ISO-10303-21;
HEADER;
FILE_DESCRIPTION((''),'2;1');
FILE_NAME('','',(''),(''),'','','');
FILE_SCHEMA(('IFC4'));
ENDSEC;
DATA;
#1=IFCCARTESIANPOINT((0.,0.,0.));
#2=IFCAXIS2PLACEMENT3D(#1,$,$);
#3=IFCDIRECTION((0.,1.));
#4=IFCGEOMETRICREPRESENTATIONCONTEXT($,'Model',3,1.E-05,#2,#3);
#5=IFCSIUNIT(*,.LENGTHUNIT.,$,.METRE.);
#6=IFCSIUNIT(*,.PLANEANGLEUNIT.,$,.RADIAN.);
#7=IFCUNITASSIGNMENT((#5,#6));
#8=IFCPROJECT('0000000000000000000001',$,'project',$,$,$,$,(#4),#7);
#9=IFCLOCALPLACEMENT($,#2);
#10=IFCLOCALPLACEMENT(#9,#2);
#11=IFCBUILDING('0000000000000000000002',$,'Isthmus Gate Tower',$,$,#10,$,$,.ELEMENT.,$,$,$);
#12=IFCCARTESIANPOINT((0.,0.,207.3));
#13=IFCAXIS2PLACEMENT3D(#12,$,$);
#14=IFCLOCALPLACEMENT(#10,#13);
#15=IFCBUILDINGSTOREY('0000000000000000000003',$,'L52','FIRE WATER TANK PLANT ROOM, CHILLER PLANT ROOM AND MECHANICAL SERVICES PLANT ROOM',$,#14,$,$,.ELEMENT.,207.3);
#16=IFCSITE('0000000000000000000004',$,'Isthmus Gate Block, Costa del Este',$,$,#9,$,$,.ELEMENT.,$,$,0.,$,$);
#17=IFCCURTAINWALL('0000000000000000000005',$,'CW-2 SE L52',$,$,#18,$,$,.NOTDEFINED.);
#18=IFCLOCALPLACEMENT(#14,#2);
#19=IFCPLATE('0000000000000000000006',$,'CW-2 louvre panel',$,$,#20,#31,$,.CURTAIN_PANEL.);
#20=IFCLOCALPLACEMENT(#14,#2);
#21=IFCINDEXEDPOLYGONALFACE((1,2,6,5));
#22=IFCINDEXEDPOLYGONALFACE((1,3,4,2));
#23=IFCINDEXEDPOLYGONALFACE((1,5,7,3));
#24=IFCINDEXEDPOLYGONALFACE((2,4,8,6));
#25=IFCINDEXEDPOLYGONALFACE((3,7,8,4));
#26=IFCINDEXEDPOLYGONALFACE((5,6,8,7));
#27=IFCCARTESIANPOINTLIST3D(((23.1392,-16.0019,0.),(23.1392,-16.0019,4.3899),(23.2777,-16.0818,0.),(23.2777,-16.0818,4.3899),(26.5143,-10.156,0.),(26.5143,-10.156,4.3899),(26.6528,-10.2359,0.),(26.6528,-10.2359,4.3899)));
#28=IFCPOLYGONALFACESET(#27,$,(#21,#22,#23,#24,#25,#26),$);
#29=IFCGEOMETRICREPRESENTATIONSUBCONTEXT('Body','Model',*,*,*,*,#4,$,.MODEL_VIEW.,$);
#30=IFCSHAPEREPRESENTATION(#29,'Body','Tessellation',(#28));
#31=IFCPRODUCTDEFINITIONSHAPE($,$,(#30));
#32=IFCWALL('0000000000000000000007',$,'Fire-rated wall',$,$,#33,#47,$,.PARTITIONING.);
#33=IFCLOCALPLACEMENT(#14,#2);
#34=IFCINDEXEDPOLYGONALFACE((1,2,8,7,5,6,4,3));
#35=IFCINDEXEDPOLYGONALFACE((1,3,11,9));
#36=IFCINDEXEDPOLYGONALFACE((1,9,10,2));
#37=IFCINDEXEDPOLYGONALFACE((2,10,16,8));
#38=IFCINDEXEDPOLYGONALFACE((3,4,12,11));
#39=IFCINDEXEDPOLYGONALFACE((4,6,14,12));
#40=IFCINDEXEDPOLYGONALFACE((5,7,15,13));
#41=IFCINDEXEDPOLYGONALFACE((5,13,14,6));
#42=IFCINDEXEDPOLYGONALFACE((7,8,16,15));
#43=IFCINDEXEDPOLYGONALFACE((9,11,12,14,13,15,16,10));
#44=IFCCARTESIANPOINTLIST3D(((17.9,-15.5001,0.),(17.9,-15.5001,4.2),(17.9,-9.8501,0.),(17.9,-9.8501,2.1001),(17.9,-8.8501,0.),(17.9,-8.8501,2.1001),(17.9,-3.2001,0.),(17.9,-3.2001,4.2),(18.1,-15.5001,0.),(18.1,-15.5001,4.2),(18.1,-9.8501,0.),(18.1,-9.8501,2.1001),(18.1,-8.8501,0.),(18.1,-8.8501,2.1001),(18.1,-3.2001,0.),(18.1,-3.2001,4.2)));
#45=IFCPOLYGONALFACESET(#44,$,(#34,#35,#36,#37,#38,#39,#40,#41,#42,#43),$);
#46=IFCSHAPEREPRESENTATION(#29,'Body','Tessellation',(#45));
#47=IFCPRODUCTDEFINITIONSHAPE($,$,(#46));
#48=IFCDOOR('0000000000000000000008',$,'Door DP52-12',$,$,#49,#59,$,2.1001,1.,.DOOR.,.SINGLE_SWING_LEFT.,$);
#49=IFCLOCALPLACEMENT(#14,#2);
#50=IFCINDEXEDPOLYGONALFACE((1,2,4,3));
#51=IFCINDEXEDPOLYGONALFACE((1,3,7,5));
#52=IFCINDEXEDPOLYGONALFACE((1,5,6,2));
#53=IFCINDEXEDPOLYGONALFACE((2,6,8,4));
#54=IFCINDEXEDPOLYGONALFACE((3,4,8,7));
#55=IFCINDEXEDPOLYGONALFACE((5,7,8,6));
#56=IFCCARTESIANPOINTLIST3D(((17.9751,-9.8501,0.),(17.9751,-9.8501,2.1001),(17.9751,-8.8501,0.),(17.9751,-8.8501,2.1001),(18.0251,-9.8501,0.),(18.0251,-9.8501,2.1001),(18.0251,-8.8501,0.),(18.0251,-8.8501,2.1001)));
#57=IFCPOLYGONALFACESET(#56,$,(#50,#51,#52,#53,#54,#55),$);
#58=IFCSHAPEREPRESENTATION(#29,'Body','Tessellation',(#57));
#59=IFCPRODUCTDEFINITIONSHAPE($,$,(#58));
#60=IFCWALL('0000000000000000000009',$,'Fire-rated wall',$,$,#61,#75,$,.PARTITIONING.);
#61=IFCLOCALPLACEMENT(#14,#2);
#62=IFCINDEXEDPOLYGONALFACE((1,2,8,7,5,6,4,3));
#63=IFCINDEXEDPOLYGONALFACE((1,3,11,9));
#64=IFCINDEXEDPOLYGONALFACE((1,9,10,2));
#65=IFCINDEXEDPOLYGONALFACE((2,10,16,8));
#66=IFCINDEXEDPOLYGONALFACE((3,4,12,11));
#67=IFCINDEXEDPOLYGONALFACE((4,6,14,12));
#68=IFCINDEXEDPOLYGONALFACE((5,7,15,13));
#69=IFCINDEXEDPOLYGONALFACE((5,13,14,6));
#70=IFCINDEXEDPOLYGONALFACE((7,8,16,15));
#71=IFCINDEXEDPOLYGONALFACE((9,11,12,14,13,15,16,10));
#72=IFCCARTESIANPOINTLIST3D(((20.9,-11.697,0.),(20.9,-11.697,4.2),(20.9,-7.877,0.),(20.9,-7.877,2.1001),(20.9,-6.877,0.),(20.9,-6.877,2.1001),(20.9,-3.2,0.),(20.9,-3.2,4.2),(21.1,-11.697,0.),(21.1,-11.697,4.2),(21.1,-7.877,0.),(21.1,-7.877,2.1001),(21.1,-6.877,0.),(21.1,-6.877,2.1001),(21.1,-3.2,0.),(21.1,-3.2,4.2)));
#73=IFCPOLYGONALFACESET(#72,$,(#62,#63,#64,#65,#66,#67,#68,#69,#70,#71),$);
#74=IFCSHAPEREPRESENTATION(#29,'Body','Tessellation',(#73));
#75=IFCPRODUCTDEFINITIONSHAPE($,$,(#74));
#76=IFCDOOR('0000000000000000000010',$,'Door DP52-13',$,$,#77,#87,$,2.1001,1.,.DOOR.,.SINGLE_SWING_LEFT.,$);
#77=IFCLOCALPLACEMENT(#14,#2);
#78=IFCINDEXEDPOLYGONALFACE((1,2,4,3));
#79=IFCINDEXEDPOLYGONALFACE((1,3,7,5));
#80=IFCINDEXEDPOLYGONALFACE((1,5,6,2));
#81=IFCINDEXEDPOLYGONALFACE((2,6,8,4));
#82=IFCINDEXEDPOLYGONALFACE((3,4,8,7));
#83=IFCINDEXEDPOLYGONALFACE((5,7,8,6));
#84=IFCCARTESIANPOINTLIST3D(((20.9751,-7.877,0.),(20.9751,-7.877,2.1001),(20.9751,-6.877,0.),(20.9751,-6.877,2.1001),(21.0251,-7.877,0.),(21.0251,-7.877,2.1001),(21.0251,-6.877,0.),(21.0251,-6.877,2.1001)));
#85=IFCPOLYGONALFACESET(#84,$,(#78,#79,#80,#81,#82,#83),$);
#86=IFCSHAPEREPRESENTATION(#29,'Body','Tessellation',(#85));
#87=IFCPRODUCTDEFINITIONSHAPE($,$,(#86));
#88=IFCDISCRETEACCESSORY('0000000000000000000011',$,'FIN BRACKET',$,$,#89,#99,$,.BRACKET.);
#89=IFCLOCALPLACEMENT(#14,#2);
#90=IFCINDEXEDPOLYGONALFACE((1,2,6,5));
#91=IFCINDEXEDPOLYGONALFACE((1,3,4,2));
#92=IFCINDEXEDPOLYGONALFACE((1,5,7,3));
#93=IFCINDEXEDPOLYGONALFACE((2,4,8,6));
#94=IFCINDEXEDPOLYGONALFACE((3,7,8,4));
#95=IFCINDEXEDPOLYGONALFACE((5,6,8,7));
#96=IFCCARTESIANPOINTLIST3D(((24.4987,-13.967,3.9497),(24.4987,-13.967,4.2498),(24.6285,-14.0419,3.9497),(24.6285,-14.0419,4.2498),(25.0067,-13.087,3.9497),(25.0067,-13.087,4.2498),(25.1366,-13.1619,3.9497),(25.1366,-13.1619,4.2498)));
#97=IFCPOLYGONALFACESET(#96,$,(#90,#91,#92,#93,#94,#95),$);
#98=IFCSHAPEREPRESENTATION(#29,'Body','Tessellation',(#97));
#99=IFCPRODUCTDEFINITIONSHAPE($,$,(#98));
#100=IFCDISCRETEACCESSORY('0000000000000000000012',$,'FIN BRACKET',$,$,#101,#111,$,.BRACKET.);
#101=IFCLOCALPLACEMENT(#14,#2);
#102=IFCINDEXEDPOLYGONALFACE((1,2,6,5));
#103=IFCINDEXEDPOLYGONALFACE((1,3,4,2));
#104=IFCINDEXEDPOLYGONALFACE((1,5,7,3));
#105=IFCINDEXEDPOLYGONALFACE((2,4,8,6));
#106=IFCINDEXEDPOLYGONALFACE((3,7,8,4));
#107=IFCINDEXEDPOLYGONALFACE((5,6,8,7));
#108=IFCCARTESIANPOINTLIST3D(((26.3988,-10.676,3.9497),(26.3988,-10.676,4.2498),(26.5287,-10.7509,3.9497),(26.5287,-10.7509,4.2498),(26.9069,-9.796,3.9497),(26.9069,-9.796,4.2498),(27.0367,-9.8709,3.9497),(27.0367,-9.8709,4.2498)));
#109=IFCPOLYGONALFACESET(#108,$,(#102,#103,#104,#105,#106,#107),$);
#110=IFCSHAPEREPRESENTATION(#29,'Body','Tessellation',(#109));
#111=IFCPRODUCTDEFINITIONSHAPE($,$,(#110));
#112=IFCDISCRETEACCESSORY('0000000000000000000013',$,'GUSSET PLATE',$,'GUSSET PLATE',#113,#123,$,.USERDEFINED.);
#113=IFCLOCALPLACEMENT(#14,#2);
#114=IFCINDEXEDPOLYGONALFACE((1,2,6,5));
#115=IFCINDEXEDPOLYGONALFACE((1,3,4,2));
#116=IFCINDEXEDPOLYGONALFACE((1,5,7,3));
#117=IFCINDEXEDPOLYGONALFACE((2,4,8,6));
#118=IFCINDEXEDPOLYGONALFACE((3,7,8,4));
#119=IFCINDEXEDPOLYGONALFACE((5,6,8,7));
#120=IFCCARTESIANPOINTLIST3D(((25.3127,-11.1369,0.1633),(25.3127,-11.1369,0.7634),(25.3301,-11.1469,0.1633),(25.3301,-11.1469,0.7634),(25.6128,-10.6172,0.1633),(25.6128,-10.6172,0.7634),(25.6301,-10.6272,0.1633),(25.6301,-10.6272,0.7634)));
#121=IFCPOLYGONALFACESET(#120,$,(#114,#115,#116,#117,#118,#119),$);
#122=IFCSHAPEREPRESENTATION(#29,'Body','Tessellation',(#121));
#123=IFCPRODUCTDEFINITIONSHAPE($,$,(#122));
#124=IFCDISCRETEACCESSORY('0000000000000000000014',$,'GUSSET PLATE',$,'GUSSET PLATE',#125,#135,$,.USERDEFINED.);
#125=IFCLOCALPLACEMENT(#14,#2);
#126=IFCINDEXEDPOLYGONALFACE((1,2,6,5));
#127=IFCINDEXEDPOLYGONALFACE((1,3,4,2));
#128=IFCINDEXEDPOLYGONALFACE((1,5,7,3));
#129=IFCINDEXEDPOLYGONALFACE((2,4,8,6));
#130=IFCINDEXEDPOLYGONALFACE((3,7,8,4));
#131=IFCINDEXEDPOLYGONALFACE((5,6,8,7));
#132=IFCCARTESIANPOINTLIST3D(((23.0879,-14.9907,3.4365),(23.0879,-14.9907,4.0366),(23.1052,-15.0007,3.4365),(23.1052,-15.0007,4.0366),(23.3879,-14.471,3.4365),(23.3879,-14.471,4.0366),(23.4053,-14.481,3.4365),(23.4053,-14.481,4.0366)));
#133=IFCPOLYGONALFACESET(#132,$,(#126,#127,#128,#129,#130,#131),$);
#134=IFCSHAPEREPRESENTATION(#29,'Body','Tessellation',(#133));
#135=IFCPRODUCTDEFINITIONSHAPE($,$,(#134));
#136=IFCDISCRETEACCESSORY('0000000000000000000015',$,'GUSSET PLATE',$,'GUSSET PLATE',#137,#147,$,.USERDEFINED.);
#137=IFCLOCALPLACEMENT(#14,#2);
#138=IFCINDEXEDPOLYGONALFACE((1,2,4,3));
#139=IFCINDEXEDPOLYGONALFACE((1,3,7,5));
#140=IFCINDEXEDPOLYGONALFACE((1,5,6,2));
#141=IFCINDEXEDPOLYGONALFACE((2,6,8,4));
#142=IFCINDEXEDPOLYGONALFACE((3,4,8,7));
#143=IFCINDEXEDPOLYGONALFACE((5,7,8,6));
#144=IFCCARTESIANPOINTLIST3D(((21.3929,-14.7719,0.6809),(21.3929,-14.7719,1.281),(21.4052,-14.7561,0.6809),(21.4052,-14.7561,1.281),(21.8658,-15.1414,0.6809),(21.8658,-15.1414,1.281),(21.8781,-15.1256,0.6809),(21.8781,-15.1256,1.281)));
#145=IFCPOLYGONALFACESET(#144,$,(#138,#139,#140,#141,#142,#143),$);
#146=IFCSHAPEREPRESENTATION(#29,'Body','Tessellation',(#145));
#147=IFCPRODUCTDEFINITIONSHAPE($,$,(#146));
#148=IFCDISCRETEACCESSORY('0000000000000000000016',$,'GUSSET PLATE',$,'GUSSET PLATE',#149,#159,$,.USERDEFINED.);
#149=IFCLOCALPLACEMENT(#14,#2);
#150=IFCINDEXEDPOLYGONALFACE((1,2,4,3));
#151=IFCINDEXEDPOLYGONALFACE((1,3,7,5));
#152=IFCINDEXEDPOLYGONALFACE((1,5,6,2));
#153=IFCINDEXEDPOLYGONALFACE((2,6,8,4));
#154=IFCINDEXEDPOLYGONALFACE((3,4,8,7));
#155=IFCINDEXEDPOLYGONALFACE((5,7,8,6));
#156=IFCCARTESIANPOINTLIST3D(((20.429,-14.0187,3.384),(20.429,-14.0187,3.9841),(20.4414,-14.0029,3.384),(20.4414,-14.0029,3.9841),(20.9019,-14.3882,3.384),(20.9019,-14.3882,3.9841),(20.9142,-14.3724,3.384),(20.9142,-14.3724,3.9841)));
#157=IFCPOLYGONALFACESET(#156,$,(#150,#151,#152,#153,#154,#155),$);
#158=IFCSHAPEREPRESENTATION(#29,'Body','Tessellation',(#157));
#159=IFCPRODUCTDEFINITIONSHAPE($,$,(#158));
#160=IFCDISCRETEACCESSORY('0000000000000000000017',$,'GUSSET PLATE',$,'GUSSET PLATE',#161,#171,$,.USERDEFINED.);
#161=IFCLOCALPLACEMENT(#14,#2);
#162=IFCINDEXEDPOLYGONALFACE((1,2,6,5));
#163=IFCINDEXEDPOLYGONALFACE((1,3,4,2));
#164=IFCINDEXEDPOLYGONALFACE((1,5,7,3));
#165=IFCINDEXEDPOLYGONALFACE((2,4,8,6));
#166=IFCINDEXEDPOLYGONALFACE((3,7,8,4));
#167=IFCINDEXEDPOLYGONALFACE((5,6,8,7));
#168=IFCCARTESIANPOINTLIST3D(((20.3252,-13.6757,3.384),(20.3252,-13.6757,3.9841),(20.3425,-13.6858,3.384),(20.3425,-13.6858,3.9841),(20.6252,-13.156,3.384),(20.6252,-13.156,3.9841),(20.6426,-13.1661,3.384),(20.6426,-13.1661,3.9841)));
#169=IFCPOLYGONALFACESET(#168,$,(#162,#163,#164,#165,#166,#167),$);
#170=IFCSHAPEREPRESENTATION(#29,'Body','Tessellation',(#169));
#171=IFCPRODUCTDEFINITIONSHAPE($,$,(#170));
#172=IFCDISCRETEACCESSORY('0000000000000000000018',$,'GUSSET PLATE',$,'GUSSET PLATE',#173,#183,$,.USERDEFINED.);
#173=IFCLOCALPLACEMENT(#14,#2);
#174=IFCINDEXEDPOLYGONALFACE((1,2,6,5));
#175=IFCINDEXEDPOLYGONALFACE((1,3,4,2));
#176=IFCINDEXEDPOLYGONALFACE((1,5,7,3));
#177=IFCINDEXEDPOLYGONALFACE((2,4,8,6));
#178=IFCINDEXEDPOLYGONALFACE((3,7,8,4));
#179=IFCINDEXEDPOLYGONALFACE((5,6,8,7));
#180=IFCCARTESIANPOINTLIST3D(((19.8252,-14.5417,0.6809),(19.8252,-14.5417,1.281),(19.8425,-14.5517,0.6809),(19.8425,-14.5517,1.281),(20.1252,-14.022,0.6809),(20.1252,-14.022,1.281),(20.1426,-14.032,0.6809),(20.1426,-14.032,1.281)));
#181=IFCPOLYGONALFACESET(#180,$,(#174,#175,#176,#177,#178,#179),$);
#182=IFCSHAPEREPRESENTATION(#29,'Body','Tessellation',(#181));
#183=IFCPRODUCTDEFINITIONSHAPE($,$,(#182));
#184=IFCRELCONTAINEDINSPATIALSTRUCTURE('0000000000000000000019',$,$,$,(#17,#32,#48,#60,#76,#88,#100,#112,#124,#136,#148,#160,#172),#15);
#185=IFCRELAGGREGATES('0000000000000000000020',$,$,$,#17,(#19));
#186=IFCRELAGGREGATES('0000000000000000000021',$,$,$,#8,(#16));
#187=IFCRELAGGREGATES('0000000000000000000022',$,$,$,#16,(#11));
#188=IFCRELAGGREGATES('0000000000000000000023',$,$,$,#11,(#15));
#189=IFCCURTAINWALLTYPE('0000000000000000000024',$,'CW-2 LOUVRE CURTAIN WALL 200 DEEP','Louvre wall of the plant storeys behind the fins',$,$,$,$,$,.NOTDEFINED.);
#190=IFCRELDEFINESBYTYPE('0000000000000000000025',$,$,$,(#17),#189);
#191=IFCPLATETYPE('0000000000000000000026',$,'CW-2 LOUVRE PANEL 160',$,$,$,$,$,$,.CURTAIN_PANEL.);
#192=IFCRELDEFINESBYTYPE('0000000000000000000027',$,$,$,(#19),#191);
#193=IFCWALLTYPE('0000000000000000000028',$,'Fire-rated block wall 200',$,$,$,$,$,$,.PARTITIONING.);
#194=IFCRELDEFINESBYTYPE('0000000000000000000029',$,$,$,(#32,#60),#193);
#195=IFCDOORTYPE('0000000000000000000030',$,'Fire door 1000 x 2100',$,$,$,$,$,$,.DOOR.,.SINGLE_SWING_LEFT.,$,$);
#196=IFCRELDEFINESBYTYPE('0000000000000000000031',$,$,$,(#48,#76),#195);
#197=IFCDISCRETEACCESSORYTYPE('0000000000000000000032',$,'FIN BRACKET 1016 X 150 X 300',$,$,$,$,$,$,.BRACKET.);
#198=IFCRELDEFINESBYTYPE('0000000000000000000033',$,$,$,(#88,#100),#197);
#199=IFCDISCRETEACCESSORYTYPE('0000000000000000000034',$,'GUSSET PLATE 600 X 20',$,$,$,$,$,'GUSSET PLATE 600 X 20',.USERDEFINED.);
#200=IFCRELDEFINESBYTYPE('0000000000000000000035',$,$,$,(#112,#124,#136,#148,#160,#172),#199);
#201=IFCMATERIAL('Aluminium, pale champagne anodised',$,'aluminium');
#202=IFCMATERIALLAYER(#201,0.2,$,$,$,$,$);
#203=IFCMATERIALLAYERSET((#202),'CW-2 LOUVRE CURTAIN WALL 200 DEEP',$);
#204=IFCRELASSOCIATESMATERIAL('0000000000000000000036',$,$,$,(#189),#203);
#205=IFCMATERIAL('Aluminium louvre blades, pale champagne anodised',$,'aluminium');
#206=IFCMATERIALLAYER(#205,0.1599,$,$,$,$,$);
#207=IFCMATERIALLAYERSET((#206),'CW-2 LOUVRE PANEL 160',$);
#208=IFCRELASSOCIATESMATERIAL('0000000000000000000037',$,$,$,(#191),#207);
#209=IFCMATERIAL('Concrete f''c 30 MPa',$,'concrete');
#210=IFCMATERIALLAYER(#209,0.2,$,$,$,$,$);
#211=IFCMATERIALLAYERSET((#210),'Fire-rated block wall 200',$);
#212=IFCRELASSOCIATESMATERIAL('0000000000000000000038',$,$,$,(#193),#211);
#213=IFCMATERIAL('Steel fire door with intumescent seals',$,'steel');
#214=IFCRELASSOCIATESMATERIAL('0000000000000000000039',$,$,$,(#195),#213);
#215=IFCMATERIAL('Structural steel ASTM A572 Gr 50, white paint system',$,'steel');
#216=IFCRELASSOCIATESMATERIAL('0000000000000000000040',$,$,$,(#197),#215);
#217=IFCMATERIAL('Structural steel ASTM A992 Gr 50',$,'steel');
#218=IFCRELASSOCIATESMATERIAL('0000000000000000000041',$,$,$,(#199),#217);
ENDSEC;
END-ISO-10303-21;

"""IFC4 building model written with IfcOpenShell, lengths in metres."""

from ifc_helpers import new_model, si_unit, direction, frame, frame_2d, origin, origin_2d, place, context, subcontext, project, spatial, rectangle, extrude, material, layer, layer_set, type_object, element, fill, aggregate, save


model = new_model("IFC4")

# Units and contexts
model_context = context("Model", 3, precision=1e-05, world=origin(), true_north=direction((0.0, 1.0)))
body_context = subcontext(model_context, "Body", "Model", "MODEL_VIEW")
ifc_project = project(units=[si_unit("LENGTHUNIT", "METRE"), si_unit("PLANEANGLEUNIT", "RADIAN")], contexts=[model_context])

# Site, building, storey
site_placement = place(None, origin())
site = spatial("IfcSite", under=ifc_project, at=site_placement, Name="Isthmus Gate Block, Costa del Este", CompositionType="ELEMENT", RefElevation=0.0)
building_placement = place(site_placement, origin())
building = spatial("IfcBuilding", under=site, at=building_placement, Name="Isthmus Gate Tower", CompositionType="ELEMENT")
storey_placement = place(building_placement, frame((0.0, 0.0, 207.3)))
storey = spatial("IfcBuildingStorey", under=building, at=storey_placement, Name="L52", Description="FIRE WATER TANK PLANT ROOM, CHILLER PLANT ROOM AND MECHANICAL SERVICES PLANT ROOM", CompositionType="ELEMENT", Elevation=207.3)

# Curtain wall
ifc_material_1 = material(Name="Aluminium, pale champagne anodised", Category="aluminium")
ifc_layer_1 = layer(ifc_material_1, 0.2)
ifc_layer_set_1 = layer_set([ifc_layer_1], Name="CW-2 LOUVRE CURTAIN WALL 200 DEEP")
curtain_wall_type = type_object("IfcCurtainWallType", Name="CW-2 LOUVRE CURTAIN WALL 200 DEEP", Description="Louvre wall of the plant storeys behind the fins", PredefinedType="NOTDEFINED", material=ifc_layer_set_1)
curtain_wall_placement = place(storey_placement, origin())
curtain_wall = element("IfcCurtainWall", 1, at=curtain_wall_placement, inside=storey, type_object=curtain_wall_type, Name="CW-2 SE L52", PredefinedType="NOTDEFINED")

# Plate
ifc_material_2 = material(Name="Aluminium louvre blades, pale champagne anodised", Category="aluminium")
ifc_layer_2 = layer(ifc_material_2, 0.1599)
ifc_layer_set_2 = layer_set([ifc_layer_2], Name="CW-2 LOUVRE PANEL 160")
plate_type = type_object("IfcPlateType", Name="CW-2 LOUVRE PANEL 160", PredefinedType="CURTAIN_PANEL", material=ifc_layer_set_2)
plate_placement = place(storey_placement, frame((24.896, -13.1189, 0.0), z_axis=(0.0, 0.0, 1.0), x_axis=(0.5, 0.866025, 0.0)))
plate = element("IfcPlate", 2, at=plate_placement, type_object=plate_type, Name="CW-2 louvre panel", PredefinedType="CURTAIN_PANEL", context=body_context, shape_type="SweptSolid", body=[
    extrude(rectangle(XDim=6.7502, YDim=0.1599, at=origin_2d()), origin(), (0.0, 0.0, 1.0), 4.3899),
])
aggregate(curtain_wall, [plate])

# Walls, openings, doors
ifc_material_3 = material(Name="Concrete f'c 30 MPa", Category="concrete")
ifc_layer_3 = layer(ifc_material_3, 0.2)
ifc_layer_set_3 = layer_set([ifc_layer_3], Name="Fire-rated block wall 200")
wall_type = type_object("IfcWallType", Name="Fire-rated block wall 200", PredefinedType="PARTITIONING", material=ifc_layer_set_3)
wall_1_placement = place(storey_placement, frame((18.0, -15.5, 0.0), z_axis=(0.0, 0.0, 1.0), x_axis=(0.0, 1.0, 0.0)))
wall_1 = element("IfcWall", 3, at=wall_1_placement, inside=storey, type_object=wall_type, Name="Fire-rated wall", PredefinedType="PARTITIONING", context=body_context, shape_type="SweptSolid", body=[
    extrude(rectangle(XDim=12.3, YDim=0.2, at=frame_2d((6.1499, 0.0))), origin(), (0.0, 0.0, 1.0), 4.2),
])
opening_1_placement = place(wall_1_placement, frame((5.6499, 0.0, 0.0)))
opening_1 = element("IfcOpeningElement", 4, at=opening_1_placement, cuts=wall_1, PredefinedType="OPENING", context=body_context, shape_type="SweptSolid", body=[
    extrude(rectangle(XDim=1.0, YDim=2.1001, at=frame_2d((0.5, 1.05))), frame((0.0, 0.1099, 0.0), z_axis=(0.0, -1.0, 0.0), x_axis=(1.0, 0.0, 0.0)), (0.0, 0.0, 1.0), 0.22),
])
ifc_material_4 = material(Name="Steel fire door with intumescent seals", Category="steel")
door_type = type_object("IfcDoorType", Name="Fire door 1000 x 2100", OperationType="SINGLE_SWING_LEFT", PredefinedType="DOOR", material=ifc_material_4)
door_1_placement = place(opening_1_placement, origin())
door_1 = element("IfcDoor", 5, at=door_1_placement, inside=storey, type_object=door_type, Name="Door DP52-12", OperationType="SINGLE_SWING_LEFT", OverallHeight=2.1001, OverallWidth=1.0, PredefinedType="DOOR", context=body_context, shape_type="SweptSolid", body=[
    extrude(rectangle(XDim=1.0, YDim=2.1001, at=frame_2d((0.5, 1.05))), frame((0.0, 0.0249, 0.0), z_axis=(0.0, -1.0, 0.0), x_axis=(1.0, 0.0, 0.0)), (0.0, 0.0, 1.0), 0.05),
])
fill(opening_1, door_1)
wall_2_placement = place(storey_placement, frame((21.0, -11.697, 0.0), z_axis=(0.0, 0.0, 1.0), x_axis=(0.0, 1.0, 0.0)))
wall_2 = element("IfcWall", 6, at=wall_2_placement, inside=storey, type_object=wall_type, Name="Fire-rated wall", PredefinedType="PARTITIONING", context=body_context, shape_type="SweptSolid", body=[
    extrude(rectangle(XDim=8.4971, YDim=0.2, at=frame_2d((4.2485, 0.0))), origin(), (0.0, 0.0, 1.0), 4.2),
])
opening_2_placement = place(wall_2_placement, frame((3.8201, 0.0, 0.0)))
opening_2 = element("IfcOpeningElement", 7, at=opening_2_placement, cuts=wall_2, PredefinedType="OPENING", context=body_context, shape_type="SweptSolid", body=[
    extrude(rectangle(XDim=1.0, YDim=2.1001, at=frame_2d((0.5, 1.05))), frame((0.0, 0.1099, 0.0), z_axis=(0.0, -1.0, 0.0), x_axis=(1.0, 0.0, 0.0)), (0.0, 0.0, 1.0), 0.22),
])
door_2_placement = place(opening_2_placement, origin())
door_2 = element("IfcDoor", 8, at=door_2_placement, inside=storey, type_object=door_type, Name="Door DP52-13", OperationType="SINGLE_SWING_LEFT", OverallHeight=2.1001, OverallWidth=1.0, PredefinedType="DOOR", context=body_context, shape_type="SweptSolid", body=[
    extrude(rectangle(XDim=1.0, YDim=2.1001, at=frame_2d((0.5, 1.05))), frame((0.0, 0.0249, 0.0), z_axis=(0.0, -1.0, 0.0), x_axis=(1.0, 0.0, 0.0)), (0.0, 0.0, 1.0), 0.05),
])
fill(opening_2, door_2)

# Discrete accessories
ifc_material_5 = material(Name="Structural steel ASTM A572 Gr 50, white paint system", Category="steel")
discrete_accessory_type_1 = type_object("IfcDiscreteAccessoryType", Name="FIN BRACKET 1016 X 150 X 300", PredefinedType="BRACKET", material=ifc_material_5)
for number, where, z_axis, x_axis, name in (
    (9, (24.8176, -13.5645, 3.9497), (0.0, 0.0, 1.0), (0.866025, -0.5, 0.0), "FIN BRACKET"),
    (10, (26.7178, -10.2734, 3.9497), (0.0, 0.0, 1.0), (0.866025, -0.5, 0.0), "FIN BRACKET"),
):
    element("IfcDiscreteAccessory", number, at=place(storey_placement, frame(where, z_axis=z_axis, x_axis=x_axis)), inside=storey, type_object=discrete_accessory_type_1, Name=name, PredefinedType="BRACKET", context=body_context, shape_type="SweptSolid", body=[
        extrude(rectangle(XDim=0.1499, YDim=1.0161, at=origin_2d()), origin(), (0.0, 0.0, 1.0), 0.3),
    ])
ifc_material_6 = material(Name="Structural steel ASTM A992 Gr 50", Category="steel")
discrete_accessory_type_2 = type_object("IfcDiscreteAccessoryType", Name="GUSSET PLATE 600 X 20", ElementType="GUSSET PLATE 600 X 20", PredefinedType="USERDEFINED", material=ifc_material_6)
for number, where, z_axis, x_axis, name in (
    (11, (25.4714, -10.8821, 0.1633), (0.0, 0.0, 1.0), (-0.5, -0.866025, 0.0), "GUSSET PLATE"),
    (12, (23.2466, -14.7358, 3.4365), (0.0, 0.0, 1.0), (-0.5, -0.866025, 0.0), "GUSSET PLATE"),
    (13, (21.6355, -14.9487, 0.6809), (0.0, 0.0, 1.0), (-0.787936, 0.615757, 0.0), "GUSSET PLATE"),
    (14, (20.6716, -14.1956, 3.384), (0.0, 0.0, 1.0), (-0.787936, 0.615757, 0.0), "GUSSET PLATE"),
    (15, (20.4839, -13.4209, 3.384), (0.0, 0.0, 1.0), (-0.5, -0.866025, 0.0), "GUSSET PLATE"),
    (16, (19.9839, -14.2869, 0.6809), (0.0, 0.0, 1.0), (-0.5, -0.866025, 0.0), "GUSSET PLATE"),
):
    element("IfcDiscreteAccessory", number, at=place(storey_placement, frame(where, z_axis=z_axis, x_axis=x_axis)), inside=storey, type_object=discrete_accessory_type_2, Name=name, ObjectType="GUSSET PLATE", PredefinedType="USERDEFINED", context=body_context, shape_type="SweptSolid", body=[
        extrude(rectangle(XDim=0.6001, YDim=0.02, at=origin_2d()), origin(), (0.0, 0.0, 1.0), 0.6001),
    ])

save(model, "model.ifc")
